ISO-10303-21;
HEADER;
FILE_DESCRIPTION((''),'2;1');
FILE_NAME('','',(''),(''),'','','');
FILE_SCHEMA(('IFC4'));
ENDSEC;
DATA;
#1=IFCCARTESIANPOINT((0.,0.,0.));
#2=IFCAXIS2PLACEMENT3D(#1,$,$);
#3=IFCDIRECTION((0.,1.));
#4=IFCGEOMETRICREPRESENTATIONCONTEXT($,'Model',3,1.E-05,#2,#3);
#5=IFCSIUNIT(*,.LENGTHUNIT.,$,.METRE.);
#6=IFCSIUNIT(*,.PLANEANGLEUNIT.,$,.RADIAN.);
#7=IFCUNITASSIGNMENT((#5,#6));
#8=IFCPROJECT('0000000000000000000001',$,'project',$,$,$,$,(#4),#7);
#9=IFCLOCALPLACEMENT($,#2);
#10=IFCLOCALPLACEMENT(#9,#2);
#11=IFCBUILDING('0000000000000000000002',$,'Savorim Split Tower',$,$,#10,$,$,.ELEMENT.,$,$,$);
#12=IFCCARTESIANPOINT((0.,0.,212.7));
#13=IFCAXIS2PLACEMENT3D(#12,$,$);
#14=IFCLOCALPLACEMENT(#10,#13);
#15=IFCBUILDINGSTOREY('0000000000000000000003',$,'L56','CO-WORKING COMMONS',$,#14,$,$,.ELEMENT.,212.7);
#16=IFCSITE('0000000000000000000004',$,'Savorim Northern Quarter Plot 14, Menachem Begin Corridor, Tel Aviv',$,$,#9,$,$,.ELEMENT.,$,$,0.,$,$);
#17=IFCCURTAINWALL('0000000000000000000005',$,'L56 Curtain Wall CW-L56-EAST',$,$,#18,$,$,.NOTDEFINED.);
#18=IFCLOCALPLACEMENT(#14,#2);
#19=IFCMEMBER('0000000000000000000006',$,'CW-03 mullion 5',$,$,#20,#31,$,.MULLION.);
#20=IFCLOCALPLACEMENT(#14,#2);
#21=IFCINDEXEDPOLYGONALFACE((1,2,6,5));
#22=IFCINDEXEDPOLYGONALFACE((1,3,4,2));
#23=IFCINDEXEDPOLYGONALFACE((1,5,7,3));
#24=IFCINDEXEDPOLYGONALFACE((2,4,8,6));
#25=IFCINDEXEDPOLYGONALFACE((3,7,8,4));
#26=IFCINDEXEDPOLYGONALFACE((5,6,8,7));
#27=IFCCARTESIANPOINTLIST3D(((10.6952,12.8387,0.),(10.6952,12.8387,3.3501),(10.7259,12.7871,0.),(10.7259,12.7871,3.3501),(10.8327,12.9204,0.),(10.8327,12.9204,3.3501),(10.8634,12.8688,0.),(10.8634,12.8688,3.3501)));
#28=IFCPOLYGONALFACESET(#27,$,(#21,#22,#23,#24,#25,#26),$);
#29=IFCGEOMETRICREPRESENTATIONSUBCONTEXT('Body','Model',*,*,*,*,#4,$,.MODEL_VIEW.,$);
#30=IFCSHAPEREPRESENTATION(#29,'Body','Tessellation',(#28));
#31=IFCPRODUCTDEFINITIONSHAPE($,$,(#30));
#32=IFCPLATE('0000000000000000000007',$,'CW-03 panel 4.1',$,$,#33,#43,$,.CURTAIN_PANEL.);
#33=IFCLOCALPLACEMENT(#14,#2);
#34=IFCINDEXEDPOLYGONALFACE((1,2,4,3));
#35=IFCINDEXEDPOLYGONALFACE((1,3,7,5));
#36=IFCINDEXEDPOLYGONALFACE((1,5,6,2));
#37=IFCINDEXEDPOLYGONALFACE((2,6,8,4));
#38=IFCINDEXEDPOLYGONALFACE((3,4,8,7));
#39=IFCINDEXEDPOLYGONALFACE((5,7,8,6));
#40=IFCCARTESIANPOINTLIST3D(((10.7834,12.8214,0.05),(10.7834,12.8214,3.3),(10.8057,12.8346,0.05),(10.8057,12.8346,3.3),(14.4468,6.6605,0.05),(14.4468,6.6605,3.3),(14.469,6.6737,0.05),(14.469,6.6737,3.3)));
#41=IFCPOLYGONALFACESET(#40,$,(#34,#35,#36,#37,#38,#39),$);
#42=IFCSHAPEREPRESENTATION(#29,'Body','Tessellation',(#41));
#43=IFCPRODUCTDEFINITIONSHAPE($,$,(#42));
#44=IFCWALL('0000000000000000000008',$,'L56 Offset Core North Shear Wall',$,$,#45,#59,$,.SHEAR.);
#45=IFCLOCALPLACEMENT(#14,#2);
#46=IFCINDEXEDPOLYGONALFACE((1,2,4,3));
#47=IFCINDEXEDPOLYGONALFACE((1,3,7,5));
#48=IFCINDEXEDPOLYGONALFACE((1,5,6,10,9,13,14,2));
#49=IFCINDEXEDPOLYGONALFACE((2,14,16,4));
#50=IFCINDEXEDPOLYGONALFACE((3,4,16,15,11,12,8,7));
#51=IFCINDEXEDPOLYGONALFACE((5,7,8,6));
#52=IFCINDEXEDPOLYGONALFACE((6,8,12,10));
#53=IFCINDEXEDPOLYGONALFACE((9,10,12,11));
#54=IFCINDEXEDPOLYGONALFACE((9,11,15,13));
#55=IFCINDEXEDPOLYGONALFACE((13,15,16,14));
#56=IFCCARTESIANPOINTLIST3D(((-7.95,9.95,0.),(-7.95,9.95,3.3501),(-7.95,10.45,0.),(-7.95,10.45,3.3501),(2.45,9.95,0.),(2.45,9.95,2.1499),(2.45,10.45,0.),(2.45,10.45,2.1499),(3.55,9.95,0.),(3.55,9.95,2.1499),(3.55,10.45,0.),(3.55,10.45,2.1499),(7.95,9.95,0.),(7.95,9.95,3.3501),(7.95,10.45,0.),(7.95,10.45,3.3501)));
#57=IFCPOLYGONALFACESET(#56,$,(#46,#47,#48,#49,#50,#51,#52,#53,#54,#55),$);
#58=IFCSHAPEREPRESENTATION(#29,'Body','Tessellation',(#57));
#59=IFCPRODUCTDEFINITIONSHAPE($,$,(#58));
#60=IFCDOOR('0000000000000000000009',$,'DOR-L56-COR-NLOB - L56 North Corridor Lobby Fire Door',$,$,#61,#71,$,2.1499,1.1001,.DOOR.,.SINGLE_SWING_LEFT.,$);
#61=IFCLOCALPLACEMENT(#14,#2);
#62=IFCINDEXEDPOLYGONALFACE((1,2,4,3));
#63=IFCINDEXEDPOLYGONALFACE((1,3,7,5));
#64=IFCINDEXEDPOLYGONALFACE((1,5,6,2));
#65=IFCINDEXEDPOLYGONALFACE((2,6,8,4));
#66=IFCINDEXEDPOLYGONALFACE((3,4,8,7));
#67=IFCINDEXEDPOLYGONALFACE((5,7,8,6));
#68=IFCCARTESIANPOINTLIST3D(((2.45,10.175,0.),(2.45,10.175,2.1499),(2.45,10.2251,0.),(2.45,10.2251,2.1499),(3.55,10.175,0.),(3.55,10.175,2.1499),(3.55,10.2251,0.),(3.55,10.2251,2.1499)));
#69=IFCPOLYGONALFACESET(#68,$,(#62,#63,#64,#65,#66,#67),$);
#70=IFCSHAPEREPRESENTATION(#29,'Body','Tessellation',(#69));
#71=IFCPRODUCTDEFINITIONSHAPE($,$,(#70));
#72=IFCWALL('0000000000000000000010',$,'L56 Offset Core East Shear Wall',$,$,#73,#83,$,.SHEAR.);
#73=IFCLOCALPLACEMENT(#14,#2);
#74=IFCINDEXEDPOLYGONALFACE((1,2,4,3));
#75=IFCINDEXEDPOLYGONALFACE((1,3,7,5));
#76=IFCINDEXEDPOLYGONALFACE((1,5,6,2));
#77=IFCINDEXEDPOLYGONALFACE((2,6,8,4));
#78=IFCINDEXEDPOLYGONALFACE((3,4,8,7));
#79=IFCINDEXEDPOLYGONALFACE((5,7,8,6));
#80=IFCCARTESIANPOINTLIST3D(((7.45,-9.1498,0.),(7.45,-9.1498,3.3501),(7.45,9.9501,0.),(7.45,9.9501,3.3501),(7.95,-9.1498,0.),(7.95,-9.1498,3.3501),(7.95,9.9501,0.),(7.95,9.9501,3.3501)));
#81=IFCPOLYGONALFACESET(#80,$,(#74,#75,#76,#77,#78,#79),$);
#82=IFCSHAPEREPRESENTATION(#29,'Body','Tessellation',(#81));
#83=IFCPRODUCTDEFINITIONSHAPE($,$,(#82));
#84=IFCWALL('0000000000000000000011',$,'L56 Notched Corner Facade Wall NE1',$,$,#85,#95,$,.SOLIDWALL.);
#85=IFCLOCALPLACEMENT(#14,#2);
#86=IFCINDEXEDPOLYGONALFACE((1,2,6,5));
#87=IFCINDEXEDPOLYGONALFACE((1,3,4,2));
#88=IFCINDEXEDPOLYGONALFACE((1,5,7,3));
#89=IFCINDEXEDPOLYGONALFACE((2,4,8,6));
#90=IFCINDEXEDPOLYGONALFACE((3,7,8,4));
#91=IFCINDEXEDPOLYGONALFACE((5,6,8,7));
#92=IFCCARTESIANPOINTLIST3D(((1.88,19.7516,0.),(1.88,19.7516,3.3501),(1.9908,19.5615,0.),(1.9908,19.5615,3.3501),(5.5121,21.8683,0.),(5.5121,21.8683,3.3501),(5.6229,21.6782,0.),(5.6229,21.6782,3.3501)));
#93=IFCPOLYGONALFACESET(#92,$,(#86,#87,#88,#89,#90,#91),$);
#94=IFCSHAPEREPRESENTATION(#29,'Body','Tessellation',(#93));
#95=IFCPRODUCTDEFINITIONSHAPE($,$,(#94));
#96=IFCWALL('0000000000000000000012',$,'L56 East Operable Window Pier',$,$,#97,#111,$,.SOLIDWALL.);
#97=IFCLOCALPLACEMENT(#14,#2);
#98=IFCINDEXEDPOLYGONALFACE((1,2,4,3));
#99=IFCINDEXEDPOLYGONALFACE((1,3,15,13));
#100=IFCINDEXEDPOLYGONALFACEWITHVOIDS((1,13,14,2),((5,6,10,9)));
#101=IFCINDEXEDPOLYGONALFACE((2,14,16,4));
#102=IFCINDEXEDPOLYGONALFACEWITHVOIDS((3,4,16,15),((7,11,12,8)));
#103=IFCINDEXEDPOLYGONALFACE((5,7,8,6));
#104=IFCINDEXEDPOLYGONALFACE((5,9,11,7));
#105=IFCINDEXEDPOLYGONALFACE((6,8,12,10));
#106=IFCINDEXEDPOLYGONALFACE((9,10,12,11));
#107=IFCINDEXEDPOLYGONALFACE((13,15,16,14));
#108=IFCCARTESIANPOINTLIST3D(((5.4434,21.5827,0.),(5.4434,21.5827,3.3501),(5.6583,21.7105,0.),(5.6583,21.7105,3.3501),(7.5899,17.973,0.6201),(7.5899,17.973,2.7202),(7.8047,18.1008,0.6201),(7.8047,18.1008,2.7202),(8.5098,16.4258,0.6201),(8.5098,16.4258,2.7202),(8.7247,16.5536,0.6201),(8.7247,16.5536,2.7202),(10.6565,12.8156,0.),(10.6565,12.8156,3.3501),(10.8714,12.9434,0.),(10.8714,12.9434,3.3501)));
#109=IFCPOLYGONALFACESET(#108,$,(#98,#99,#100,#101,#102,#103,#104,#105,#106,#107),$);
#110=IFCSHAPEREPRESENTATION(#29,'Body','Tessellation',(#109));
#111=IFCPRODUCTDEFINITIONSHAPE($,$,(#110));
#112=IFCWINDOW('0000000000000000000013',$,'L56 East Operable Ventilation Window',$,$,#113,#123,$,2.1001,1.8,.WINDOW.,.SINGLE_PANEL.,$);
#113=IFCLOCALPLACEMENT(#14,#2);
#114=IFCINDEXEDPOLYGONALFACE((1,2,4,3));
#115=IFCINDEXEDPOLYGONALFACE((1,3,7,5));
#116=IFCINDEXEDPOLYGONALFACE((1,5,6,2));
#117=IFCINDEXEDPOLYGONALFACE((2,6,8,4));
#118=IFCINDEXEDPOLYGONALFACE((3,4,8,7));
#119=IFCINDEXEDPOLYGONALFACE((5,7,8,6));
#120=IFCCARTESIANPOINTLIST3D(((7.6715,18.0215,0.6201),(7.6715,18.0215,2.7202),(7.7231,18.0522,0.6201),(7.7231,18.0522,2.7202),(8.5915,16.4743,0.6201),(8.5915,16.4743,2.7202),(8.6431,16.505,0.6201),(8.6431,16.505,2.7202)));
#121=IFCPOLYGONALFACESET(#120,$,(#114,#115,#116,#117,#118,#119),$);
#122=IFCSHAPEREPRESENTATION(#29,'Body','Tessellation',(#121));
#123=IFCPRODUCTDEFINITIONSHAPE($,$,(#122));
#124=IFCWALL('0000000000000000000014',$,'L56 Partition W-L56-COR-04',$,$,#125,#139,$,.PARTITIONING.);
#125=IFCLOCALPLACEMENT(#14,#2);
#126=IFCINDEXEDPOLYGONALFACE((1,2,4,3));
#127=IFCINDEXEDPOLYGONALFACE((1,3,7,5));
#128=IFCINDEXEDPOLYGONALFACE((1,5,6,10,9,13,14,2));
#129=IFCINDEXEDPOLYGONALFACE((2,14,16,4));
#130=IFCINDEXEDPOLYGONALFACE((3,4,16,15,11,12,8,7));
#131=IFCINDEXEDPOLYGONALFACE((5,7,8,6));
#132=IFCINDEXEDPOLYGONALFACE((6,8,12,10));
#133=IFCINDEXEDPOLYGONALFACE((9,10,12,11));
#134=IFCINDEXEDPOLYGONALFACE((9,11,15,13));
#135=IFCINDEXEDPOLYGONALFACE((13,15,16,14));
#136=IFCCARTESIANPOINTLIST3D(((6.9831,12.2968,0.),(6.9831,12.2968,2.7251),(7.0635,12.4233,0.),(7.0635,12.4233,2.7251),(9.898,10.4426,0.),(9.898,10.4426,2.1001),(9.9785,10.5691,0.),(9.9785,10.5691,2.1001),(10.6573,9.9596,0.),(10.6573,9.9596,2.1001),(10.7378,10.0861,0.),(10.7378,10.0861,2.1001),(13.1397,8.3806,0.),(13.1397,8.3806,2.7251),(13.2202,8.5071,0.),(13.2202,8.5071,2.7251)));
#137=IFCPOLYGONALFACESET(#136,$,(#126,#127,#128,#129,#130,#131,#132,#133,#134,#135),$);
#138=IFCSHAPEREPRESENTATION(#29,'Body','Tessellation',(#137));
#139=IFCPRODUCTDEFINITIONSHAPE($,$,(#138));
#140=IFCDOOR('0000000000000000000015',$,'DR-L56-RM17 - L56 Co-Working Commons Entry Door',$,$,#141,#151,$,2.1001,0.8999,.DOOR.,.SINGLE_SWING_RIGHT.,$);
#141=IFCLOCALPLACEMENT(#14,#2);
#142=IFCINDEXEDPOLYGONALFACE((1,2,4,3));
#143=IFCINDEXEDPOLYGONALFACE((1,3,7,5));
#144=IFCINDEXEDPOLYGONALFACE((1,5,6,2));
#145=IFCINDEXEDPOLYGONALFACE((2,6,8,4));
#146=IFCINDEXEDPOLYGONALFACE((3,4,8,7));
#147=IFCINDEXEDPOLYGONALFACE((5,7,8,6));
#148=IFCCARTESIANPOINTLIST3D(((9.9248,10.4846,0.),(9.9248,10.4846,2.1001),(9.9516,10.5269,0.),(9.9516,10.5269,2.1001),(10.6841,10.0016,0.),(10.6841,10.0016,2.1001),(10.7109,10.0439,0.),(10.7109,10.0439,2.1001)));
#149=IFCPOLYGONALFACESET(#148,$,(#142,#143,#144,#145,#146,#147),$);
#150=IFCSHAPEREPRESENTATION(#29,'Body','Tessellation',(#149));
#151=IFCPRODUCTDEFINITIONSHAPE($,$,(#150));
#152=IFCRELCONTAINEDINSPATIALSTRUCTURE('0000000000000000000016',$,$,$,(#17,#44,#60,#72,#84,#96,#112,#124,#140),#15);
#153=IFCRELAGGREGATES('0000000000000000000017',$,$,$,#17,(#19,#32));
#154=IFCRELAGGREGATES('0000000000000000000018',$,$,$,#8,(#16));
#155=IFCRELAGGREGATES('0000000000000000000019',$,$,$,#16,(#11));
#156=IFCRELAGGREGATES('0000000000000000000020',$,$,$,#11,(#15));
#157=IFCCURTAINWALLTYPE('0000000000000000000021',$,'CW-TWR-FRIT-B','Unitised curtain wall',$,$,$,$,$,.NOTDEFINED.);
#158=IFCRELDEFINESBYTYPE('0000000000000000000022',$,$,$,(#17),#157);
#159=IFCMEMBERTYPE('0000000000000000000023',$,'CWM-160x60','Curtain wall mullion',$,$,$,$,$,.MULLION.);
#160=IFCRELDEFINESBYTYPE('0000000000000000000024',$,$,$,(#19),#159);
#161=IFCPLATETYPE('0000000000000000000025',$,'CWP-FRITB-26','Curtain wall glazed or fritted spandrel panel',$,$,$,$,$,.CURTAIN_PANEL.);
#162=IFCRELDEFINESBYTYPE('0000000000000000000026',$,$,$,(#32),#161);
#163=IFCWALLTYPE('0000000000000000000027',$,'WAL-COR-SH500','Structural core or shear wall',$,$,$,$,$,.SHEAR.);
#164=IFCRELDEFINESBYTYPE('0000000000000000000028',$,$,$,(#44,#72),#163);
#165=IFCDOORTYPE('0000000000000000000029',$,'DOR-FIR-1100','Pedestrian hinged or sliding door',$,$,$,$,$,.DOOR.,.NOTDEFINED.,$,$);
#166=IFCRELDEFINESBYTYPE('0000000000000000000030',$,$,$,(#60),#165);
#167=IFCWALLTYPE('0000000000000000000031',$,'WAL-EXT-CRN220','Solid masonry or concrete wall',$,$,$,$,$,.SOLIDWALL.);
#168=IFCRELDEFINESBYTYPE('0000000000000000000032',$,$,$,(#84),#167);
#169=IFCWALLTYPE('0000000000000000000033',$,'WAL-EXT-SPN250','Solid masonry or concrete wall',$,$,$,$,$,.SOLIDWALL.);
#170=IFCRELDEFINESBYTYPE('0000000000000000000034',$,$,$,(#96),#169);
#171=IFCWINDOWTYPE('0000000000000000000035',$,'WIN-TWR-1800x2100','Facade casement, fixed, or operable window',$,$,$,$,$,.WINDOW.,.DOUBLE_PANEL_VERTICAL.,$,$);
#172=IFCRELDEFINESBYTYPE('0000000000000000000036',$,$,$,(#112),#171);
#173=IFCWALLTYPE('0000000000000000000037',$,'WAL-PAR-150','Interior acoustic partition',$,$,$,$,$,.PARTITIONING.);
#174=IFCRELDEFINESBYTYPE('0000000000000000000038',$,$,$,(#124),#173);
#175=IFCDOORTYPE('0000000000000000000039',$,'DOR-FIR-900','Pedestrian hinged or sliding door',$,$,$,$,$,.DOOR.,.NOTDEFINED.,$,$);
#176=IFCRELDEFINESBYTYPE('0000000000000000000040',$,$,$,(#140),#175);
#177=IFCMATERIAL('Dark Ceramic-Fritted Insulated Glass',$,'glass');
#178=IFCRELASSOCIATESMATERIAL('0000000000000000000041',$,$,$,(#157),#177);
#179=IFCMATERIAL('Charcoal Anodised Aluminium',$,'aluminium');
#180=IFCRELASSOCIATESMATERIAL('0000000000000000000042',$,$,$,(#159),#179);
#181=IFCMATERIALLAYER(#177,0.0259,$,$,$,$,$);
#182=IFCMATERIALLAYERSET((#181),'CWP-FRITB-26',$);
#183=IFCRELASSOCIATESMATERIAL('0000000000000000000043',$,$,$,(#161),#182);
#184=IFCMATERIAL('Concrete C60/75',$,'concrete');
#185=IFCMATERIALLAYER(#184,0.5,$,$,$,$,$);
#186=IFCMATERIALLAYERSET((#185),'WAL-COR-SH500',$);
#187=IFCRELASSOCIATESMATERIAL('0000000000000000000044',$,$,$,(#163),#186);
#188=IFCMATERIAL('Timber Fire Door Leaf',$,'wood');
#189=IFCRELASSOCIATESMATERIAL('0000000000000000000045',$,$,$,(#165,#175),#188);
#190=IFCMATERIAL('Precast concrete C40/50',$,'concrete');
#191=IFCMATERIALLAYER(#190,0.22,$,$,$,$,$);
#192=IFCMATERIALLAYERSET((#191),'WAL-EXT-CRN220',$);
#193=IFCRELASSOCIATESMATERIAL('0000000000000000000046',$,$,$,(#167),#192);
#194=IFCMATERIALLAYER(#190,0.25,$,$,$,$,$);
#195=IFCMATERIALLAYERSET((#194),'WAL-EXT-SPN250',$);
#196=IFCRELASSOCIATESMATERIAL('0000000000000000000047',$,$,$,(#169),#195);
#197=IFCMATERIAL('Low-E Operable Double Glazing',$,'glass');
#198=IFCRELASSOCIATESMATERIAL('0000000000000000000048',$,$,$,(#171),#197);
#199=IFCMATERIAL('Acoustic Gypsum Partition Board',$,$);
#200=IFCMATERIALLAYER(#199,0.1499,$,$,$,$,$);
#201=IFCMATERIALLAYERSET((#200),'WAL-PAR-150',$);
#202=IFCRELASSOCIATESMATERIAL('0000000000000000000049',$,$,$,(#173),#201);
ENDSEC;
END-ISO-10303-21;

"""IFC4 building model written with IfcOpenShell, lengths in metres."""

from ifc_helpers import new_model, si_unit, direction, frame, frame_2d, origin, origin_2d, place, context, subcontext, project, spatial, rectangle, extrude, material, layer, layer_set, material_profile, profile_set, type_object, element, fill, aggregate, save


model = new_model("IFC4")

# Units and contexts
model_context = context("Model", 3, precision=1e-05, world=origin(), true_north=direction((0.0, 1.0)))
body_context = subcontext(model_context, "Body", "Model", "MODEL_VIEW")
ifc_project = project(units=[si_unit("LENGTHUNIT", "METRE"), si_unit("PLANEANGLEUNIT", "RADIAN")], contexts=[model_context])

# Site, building, storey
site_placement = place(None, origin())
site = spatial("IfcSite", under=ifc_project, at=site_placement, Name="Savorim Northern Quarter Plot 14, Menachem Begin Corridor, Tel Aviv", CompositionType="ELEMENT", RefElevation=0.0)
building_placement = place(site_placement, origin())
building = spatial("IfcBuilding", under=site, at=building_placement, Name="Savorim Split Tower", CompositionType="ELEMENT")
storey_placement = place(building_placement, frame((0.0, 0.0, 212.7)))
storey = spatial("IfcBuildingStorey", under=building, at=storey_placement, Name="L56", Description="CO-WORKING COMMONS", CompositionType="ELEMENT", Elevation=212.7)

# Curtain wall, member, plate
ifc_material_1 = material(Name="Dark Ceramic-Fritted Insulated Glass", Category="glass")
curtain_wall_type = type_object("IfcCurtainWallType", Name="CW-TWR-FRIT-B", Description="Unitised curtain wall", PredefinedType="NOTDEFINED", material=ifc_material_1)
curtain_wall_placement = place(storey_placement, origin())
curtain_wall = element("IfcCurtainWall", 1, at=curtain_wall_placement, inside=storey, type_object=curtain_wall_type, Name="L56 Curtain Wall CW-L56-EAST", PredefinedType="NOTDEFINED")
ifc_material_2 = material(Name="Charcoal Anodised Aluminium", Category="aluminium")
ifc_material_profile_1 = material_profile(ifc_material_2, rectangle(XDim=0.1599, YDim=0.0601, at=origin_2d()), Name="ALU-M 160x60")
ifc_profile_set_1 = profile_set([ifc_material_profile_1], Name="Charcoal Anodised Aluminium")
member_type = type_object("IfcMemberType", Name="CWM-160x60", Description="Curtain wall mullion", PredefinedType="MULLION", material=ifc_profile_set_1)
member_placement = place(storey_placement, frame((10.7793, 12.8538, 0.0), z_axis=(0.0, 0.0, 1.0), x_axis=(-0.859526, -0.511092, 0.0)))
member = element("IfcMember", 2, at=member_placement, type_object=member_type, Name="CW-03 mullion 5", PredefinedType="MULLION", context=body_context, shape_type="SweptSolid", body=[
    extrude(rectangle(XDim=0.1599, YDim=0.0601, at=origin_2d()), origin(), (0.0, 0.0, 1.0), 3.3501),
])
ifc_layer_1 = layer(ifc_material_1, 0.0259)
ifc_layer_set_1 = layer_set([ifc_layer_1], Name="CWP-FRITB-26")
plate_type = type_object("IfcPlateType", Name="CWP-FRITB-26", Description="Curtain wall glazed or fritted spandrel panel", PredefinedType="CURTAIN_PANEL", material=ifc_layer_set_1)
plate_placement = place(storey_placement, frame((12.6262, 9.7476, 0.05), z_axis=(0.0, 0.0, 1.0), x_axis=(-0.511092, 0.859526, 0.0)))
plate = element("IfcPlate", 3, at=plate_placement, type_object=plate_type, Name="CW-03 panel 4.1", PredefinedType="CURTAIN_PANEL", context=body_context, shape_type="SweptSolid", body=[
    extrude(rectangle(XDim=7.1677, YDim=0.0259, at=origin_2d()), origin(), (0.0, 0.0, 1.0), 3.25),
])
aggregate(curtain_wall, [member, plate])

# Wall, opening, door
ifc_material_3 = material(Name="Concrete C60/75", Category="concrete")
ifc_layer_2 = layer(ifc_material_3, 0.5)
ifc_layer_set_2 = layer_set([ifc_layer_2], Name="WAL-COR-SH500")
wall_type_1 = type_object("IfcWallType", Name="WAL-COR-SH500", Description="Structural core or shear wall", PredefinedType="SHEAR", material=ifc_layer_set_2)
wall_1_placement = place(storey_placement, frame((7.95, 10.2, 0.0), z_axis=(0.0, 0.0, 1.0), x_axis=(-1.0, 0.0, 0.0)))
wall_1 = element("IfcWall", 4, at=wall_1_placement, inside=storey, type_object=wall_type_1, Name="L56 Offset Core North Shear Wall", PredefinedType="SHEAR", context=body_context, shape_type="SweptSolid", body=[
    extrude(rectangle(XDim=15.8999, YDim=0.5, at=frame_2d((7.95, 0.0))), origin(), (0.0, 0.0, 1.0), 3.3501),
])
opening_1_placement = place(wall_1_placement, frame((4.3999, 0.0, 0.0)))
opening_1 = element("IfcOpeningElement", 5, at=opening_1_placement, cuts=wall_1, PredefinedType="OPENING", context=body_context, shape_type="SweptSolid", body=[
    extrude(rectangle(XDim=1.1001, YDim=2.1499, at=frame_2d((0.55, 1.075))), frame((0.0, 0.26, 0.0), z_axis=(0.0, -1.0, 0.0), x_axis=(1.0, 0.0, 0.0)), (0.0, 0.0, 1.0), 0.52),
])
ifc_material_4 = material(Name="Timber Fire Door Leaf", Category="wood")
door_type_1 = type_object("IfcDoorType", Name="DOR-FIR-1100", Description="Pedestrian hinged or sliding door", OperationType="NOTDEFINED", PredefinedType="DOOR", material=ifc_material_4)
door_1_placement = place(opening_1_placement, origin())
door_1 = element("IfcDoor", 6, at=door_1_placement, inside=storey, type_object=door_type_1, Name="DOR-L56-COR-NLOB - L56 North Corridor Lobby Fire Door", OperationType="SINGLE_SWING_LEFT", OverallHeight=2.1499, OverallWidth=1.1001, PredefinedType="DOOR", context=body_context, shape_type="SweptSolid", body=[
    extrude(rectangle(XDim=1.1001, YDim=2.1499, at=frame_2d((0.55, 1.075))), frame((0.0, 0.0249, 0.0), z_axis=(0.0, -1.0, 0.0), x_axis=(1.0, 0.0, 0.0)), (0.0, 0.0, 1.0), 0.05),
])
fill(opening_1, door_1)

# Walls
wall_2_placement = place(storey_placement, frame((7.7, 9.95, 0.0), z_axis=(0.0, 0.0, 1.0), x_axis=(0.0, -1.0, 0.0)))
element("IfcWall", 7, at=wall_2_placement, inside=storey, type_object=wall_type_1, Name="L56 Offset Core East Shear Wall", PredefinedType="SHEAR", context=body_context, shape_type="SweptSolid", body=[
    extrude(rectangle(XDim=19.0999, YDim=0.5, at=frame_2d((9.5498, 0.0))), origin(), (0.0, 0.0, 1.0), 3.3501),
])
ifc_material_5 = material(Name="Precast concrete C40/50", Category="concrete")
ifc_layer_3 = layer(ifc_material_5, 0.22)
ifc_layer_set_3 = layer_set([ifc_layer_3], Name="WAL-EXT-CRN220")
wall_type_2 = type_object("IfcWallType", Name="WAL-EXT-CRN220", Description="Solid masonry or concrete wall", PredefinedType="SOLIDWALL", material=ifc_layer_set_3)
wall_3_placement = place(storey_placement, frame((1.9353, 19.6565, 0.0), z_axis=(0.0, 0.0, 1.0), x_axis=(0.863987, 0.503514, 0.0)))
element("IfcWall", 8, at=wall_3_placement, inside=storey, type_object=wall_type_2, Name="L56 Notched Corner Facade Wall NE1", PredefinedType="SOLIDWALL", context=body_context, shape_type="SweptSolid", body=[
    extrude(rectangle(XDim=4.2039, YDim=0.22, at=frame_2d((2.1021, 0.0))), origin(), (0.0, 0.0, 1.0), 3.3501),
])

# Wall, opening, window
ifc_layer_4 = layer(ifc_material_5, 0.25)
ifc_layer_set_4 = layer_set([ifc_layer_4], Name="WAL-EXT-SPN250")
wall_type_3 = type_object("IfcWallType", Name="WAL-EXT-SPN250", Description="Solid masonry or concrete wall", PredefinedType="SOLIDWALL", material=ifc_layer_set_4)
wall_4_placement = place(storey_placement, frame((5.5508, 21.6467, 0.0), z_axis=(0.0, 0.0, 1.0), x_axis=(0.511095, -0.859524, 0.0)))
wall_4 = element("IfcWall", 9, at=wall_4_placement, inside=storey, type_object=wall_type_3, Name="L56 East Operable Window Pier", PredefinedType="SOLIDWALL", context=body_context, shape_type="SweptSolid", body=[
    extrude(rectangle(XDim=10.2, YDim=0.25, at=frame_2d((5.1001, 0.0))), origin(), (0.0, 0.0, 1.0), 3.3501),
])
opening_2_placement = place(wall_4_placement, frame((4.2, 0.0, 0.6201)))
opening_2 = element("IfcOpeningElement", 10, at=opening_2_placement, cuts=wall_4, PredefinedType="OPENING", context=body_context, shape_type="SweptSolid", body=[
    extrude(rectangle(XDim=1.8, YDim=2.1001, at=frame_2d((0.8999, 1.05))), frame((0.0, 0.135, 0.0), z_axis=(0.0, -1.0, 0.0), x_axis=(1.0, 0.0, 0.0)), (0.0, 0.0, 1.0), 0.27),
])
ifc_material_6 = material(Name="Low-E Operable Double Glazing", Category="glass")
window_type = type_object("IfcWindowType", Name="WIN-TWR-1800x2100", Description="Facade casement, fixed, or operable window", PartitioningType="DOUBLE_PANEL_VERTICAL", PredefinedType="WINDOW", material=ifc_material_6)
window_placement = place(opening_2_placement, origin())
window = element("IfcWindow", 11, at=window_placement, inside=storey, type_object=window_type, Name="L56 East Operable Ventilation Window", OverallHeight=2.1001, OverallWidth=1.8, PartitioningType="SINGLE_PANEL", PredefinedType="WINDOW", context=body_context, shape_type="SweptSolid", body=[
    extrude(rectangle(XDim=1.8, YDim=2.1001, at=frame_2d((0.8999, 1.05))), frame((0.0, 0.03, 0.0), z_axis=(0.0, -1.0, 0.0), x_axis=(1.0, 0.0, 0.0)), (0.0, 0.0, 1.0), 0.0601),
])
fill(opening_2, window)

# Wall, opening, door
ifc_material_7 = material(Name="Acoustic Gypsum Partition Board")
ifc_layer_5 = layer(ifc_material_7, 0.1499)
ifc_layer_set_5 = layer_set([ifc_layer_5], Name="WAL-PAR-150")
wall_type_4 = type_object("IfcWallType", Name="WAL-PAR-150", Description="Interior acoustic partition", PredefinedType="PARTITIONING", material=ifc_layer_set_5)
wall_5_placement = place(storey_placement, frame((7.0232, 12.3601, 0.0), z_axis=(0.0, 0.0, 1.0), x_axis=(0.843765, -0.536713, 0.0)))
wall_5 = element("IfcWall", 12, at=wall_5_placement, inside=storey, type_object=wall_type_4, Name="L56 Partition W-L56-COR-04", PredefinedType="PARTITIONING", context=body_context, shape_type="SweptSolid", body=[
    extrude(rectangle(XDim=7.2966, YDim=0.1499, at=frame_2d((3.6484, 0.0))), origin(), (0.0, 0.0, 1.0), 2.7251),
])
opening_3_placement = place(wall_5_placement, frame((3.4548, 0.0, 0.0)))
opening_3 = element("IfcOpeningElement", 13, at=opening_3_placement, cuts=wall_5, PredefinedType="OPENING", context=body_context, shape_type="SweptSolid", body=[
    extrude(rectangle(XDim=0.8999, YDim=2.1001, at=frame_2d((0.45, 1.05))), frame((0.0, 0.085, 0.0), z_axis=(0.0, -1.0, 0.0), x_axis=(1.0, 0.0, 0.0)), (0.0, 0.0, 1.0), 0.1699),
])
door_type_2 = type_object("IfcDoorType", Name="DOR-FIR-900", Description="Pedestrian hinged or sliding door", OperationType="NOTDEFINED", PredefinedType="DOOR", material=ifc_material_4)
door_2_placement = place(opening_3_placement, origin())
door_2 = element("IfcDoor", 14, at=door_2_placement, inside=storey, type_object=door_type_2, Name="DR-L56-RM17 - L56 Co-Working Commons Entry Door", OperationType="SINGLE_SWING_RIGHT", OverallHeight=2.1001, OverallWidth=0.8999, PredefinedType="DOOR", context=body_context, shape_type="SweptSolid", body=[
    extrude(rectangle(XDim=0.8999, YDim=2.1001, at=frame_2d((0.45, 1.05))), frame((0.0, 0.0249, 0.0), z_axis=(0.0, -1.0, 0.0), x_axis=(1.0, 0.0, 0.0)), (0.0, 0.0, 1.0), 0.05),
])
fill(opening_3, door_2)

save(model, "model.ifc")
